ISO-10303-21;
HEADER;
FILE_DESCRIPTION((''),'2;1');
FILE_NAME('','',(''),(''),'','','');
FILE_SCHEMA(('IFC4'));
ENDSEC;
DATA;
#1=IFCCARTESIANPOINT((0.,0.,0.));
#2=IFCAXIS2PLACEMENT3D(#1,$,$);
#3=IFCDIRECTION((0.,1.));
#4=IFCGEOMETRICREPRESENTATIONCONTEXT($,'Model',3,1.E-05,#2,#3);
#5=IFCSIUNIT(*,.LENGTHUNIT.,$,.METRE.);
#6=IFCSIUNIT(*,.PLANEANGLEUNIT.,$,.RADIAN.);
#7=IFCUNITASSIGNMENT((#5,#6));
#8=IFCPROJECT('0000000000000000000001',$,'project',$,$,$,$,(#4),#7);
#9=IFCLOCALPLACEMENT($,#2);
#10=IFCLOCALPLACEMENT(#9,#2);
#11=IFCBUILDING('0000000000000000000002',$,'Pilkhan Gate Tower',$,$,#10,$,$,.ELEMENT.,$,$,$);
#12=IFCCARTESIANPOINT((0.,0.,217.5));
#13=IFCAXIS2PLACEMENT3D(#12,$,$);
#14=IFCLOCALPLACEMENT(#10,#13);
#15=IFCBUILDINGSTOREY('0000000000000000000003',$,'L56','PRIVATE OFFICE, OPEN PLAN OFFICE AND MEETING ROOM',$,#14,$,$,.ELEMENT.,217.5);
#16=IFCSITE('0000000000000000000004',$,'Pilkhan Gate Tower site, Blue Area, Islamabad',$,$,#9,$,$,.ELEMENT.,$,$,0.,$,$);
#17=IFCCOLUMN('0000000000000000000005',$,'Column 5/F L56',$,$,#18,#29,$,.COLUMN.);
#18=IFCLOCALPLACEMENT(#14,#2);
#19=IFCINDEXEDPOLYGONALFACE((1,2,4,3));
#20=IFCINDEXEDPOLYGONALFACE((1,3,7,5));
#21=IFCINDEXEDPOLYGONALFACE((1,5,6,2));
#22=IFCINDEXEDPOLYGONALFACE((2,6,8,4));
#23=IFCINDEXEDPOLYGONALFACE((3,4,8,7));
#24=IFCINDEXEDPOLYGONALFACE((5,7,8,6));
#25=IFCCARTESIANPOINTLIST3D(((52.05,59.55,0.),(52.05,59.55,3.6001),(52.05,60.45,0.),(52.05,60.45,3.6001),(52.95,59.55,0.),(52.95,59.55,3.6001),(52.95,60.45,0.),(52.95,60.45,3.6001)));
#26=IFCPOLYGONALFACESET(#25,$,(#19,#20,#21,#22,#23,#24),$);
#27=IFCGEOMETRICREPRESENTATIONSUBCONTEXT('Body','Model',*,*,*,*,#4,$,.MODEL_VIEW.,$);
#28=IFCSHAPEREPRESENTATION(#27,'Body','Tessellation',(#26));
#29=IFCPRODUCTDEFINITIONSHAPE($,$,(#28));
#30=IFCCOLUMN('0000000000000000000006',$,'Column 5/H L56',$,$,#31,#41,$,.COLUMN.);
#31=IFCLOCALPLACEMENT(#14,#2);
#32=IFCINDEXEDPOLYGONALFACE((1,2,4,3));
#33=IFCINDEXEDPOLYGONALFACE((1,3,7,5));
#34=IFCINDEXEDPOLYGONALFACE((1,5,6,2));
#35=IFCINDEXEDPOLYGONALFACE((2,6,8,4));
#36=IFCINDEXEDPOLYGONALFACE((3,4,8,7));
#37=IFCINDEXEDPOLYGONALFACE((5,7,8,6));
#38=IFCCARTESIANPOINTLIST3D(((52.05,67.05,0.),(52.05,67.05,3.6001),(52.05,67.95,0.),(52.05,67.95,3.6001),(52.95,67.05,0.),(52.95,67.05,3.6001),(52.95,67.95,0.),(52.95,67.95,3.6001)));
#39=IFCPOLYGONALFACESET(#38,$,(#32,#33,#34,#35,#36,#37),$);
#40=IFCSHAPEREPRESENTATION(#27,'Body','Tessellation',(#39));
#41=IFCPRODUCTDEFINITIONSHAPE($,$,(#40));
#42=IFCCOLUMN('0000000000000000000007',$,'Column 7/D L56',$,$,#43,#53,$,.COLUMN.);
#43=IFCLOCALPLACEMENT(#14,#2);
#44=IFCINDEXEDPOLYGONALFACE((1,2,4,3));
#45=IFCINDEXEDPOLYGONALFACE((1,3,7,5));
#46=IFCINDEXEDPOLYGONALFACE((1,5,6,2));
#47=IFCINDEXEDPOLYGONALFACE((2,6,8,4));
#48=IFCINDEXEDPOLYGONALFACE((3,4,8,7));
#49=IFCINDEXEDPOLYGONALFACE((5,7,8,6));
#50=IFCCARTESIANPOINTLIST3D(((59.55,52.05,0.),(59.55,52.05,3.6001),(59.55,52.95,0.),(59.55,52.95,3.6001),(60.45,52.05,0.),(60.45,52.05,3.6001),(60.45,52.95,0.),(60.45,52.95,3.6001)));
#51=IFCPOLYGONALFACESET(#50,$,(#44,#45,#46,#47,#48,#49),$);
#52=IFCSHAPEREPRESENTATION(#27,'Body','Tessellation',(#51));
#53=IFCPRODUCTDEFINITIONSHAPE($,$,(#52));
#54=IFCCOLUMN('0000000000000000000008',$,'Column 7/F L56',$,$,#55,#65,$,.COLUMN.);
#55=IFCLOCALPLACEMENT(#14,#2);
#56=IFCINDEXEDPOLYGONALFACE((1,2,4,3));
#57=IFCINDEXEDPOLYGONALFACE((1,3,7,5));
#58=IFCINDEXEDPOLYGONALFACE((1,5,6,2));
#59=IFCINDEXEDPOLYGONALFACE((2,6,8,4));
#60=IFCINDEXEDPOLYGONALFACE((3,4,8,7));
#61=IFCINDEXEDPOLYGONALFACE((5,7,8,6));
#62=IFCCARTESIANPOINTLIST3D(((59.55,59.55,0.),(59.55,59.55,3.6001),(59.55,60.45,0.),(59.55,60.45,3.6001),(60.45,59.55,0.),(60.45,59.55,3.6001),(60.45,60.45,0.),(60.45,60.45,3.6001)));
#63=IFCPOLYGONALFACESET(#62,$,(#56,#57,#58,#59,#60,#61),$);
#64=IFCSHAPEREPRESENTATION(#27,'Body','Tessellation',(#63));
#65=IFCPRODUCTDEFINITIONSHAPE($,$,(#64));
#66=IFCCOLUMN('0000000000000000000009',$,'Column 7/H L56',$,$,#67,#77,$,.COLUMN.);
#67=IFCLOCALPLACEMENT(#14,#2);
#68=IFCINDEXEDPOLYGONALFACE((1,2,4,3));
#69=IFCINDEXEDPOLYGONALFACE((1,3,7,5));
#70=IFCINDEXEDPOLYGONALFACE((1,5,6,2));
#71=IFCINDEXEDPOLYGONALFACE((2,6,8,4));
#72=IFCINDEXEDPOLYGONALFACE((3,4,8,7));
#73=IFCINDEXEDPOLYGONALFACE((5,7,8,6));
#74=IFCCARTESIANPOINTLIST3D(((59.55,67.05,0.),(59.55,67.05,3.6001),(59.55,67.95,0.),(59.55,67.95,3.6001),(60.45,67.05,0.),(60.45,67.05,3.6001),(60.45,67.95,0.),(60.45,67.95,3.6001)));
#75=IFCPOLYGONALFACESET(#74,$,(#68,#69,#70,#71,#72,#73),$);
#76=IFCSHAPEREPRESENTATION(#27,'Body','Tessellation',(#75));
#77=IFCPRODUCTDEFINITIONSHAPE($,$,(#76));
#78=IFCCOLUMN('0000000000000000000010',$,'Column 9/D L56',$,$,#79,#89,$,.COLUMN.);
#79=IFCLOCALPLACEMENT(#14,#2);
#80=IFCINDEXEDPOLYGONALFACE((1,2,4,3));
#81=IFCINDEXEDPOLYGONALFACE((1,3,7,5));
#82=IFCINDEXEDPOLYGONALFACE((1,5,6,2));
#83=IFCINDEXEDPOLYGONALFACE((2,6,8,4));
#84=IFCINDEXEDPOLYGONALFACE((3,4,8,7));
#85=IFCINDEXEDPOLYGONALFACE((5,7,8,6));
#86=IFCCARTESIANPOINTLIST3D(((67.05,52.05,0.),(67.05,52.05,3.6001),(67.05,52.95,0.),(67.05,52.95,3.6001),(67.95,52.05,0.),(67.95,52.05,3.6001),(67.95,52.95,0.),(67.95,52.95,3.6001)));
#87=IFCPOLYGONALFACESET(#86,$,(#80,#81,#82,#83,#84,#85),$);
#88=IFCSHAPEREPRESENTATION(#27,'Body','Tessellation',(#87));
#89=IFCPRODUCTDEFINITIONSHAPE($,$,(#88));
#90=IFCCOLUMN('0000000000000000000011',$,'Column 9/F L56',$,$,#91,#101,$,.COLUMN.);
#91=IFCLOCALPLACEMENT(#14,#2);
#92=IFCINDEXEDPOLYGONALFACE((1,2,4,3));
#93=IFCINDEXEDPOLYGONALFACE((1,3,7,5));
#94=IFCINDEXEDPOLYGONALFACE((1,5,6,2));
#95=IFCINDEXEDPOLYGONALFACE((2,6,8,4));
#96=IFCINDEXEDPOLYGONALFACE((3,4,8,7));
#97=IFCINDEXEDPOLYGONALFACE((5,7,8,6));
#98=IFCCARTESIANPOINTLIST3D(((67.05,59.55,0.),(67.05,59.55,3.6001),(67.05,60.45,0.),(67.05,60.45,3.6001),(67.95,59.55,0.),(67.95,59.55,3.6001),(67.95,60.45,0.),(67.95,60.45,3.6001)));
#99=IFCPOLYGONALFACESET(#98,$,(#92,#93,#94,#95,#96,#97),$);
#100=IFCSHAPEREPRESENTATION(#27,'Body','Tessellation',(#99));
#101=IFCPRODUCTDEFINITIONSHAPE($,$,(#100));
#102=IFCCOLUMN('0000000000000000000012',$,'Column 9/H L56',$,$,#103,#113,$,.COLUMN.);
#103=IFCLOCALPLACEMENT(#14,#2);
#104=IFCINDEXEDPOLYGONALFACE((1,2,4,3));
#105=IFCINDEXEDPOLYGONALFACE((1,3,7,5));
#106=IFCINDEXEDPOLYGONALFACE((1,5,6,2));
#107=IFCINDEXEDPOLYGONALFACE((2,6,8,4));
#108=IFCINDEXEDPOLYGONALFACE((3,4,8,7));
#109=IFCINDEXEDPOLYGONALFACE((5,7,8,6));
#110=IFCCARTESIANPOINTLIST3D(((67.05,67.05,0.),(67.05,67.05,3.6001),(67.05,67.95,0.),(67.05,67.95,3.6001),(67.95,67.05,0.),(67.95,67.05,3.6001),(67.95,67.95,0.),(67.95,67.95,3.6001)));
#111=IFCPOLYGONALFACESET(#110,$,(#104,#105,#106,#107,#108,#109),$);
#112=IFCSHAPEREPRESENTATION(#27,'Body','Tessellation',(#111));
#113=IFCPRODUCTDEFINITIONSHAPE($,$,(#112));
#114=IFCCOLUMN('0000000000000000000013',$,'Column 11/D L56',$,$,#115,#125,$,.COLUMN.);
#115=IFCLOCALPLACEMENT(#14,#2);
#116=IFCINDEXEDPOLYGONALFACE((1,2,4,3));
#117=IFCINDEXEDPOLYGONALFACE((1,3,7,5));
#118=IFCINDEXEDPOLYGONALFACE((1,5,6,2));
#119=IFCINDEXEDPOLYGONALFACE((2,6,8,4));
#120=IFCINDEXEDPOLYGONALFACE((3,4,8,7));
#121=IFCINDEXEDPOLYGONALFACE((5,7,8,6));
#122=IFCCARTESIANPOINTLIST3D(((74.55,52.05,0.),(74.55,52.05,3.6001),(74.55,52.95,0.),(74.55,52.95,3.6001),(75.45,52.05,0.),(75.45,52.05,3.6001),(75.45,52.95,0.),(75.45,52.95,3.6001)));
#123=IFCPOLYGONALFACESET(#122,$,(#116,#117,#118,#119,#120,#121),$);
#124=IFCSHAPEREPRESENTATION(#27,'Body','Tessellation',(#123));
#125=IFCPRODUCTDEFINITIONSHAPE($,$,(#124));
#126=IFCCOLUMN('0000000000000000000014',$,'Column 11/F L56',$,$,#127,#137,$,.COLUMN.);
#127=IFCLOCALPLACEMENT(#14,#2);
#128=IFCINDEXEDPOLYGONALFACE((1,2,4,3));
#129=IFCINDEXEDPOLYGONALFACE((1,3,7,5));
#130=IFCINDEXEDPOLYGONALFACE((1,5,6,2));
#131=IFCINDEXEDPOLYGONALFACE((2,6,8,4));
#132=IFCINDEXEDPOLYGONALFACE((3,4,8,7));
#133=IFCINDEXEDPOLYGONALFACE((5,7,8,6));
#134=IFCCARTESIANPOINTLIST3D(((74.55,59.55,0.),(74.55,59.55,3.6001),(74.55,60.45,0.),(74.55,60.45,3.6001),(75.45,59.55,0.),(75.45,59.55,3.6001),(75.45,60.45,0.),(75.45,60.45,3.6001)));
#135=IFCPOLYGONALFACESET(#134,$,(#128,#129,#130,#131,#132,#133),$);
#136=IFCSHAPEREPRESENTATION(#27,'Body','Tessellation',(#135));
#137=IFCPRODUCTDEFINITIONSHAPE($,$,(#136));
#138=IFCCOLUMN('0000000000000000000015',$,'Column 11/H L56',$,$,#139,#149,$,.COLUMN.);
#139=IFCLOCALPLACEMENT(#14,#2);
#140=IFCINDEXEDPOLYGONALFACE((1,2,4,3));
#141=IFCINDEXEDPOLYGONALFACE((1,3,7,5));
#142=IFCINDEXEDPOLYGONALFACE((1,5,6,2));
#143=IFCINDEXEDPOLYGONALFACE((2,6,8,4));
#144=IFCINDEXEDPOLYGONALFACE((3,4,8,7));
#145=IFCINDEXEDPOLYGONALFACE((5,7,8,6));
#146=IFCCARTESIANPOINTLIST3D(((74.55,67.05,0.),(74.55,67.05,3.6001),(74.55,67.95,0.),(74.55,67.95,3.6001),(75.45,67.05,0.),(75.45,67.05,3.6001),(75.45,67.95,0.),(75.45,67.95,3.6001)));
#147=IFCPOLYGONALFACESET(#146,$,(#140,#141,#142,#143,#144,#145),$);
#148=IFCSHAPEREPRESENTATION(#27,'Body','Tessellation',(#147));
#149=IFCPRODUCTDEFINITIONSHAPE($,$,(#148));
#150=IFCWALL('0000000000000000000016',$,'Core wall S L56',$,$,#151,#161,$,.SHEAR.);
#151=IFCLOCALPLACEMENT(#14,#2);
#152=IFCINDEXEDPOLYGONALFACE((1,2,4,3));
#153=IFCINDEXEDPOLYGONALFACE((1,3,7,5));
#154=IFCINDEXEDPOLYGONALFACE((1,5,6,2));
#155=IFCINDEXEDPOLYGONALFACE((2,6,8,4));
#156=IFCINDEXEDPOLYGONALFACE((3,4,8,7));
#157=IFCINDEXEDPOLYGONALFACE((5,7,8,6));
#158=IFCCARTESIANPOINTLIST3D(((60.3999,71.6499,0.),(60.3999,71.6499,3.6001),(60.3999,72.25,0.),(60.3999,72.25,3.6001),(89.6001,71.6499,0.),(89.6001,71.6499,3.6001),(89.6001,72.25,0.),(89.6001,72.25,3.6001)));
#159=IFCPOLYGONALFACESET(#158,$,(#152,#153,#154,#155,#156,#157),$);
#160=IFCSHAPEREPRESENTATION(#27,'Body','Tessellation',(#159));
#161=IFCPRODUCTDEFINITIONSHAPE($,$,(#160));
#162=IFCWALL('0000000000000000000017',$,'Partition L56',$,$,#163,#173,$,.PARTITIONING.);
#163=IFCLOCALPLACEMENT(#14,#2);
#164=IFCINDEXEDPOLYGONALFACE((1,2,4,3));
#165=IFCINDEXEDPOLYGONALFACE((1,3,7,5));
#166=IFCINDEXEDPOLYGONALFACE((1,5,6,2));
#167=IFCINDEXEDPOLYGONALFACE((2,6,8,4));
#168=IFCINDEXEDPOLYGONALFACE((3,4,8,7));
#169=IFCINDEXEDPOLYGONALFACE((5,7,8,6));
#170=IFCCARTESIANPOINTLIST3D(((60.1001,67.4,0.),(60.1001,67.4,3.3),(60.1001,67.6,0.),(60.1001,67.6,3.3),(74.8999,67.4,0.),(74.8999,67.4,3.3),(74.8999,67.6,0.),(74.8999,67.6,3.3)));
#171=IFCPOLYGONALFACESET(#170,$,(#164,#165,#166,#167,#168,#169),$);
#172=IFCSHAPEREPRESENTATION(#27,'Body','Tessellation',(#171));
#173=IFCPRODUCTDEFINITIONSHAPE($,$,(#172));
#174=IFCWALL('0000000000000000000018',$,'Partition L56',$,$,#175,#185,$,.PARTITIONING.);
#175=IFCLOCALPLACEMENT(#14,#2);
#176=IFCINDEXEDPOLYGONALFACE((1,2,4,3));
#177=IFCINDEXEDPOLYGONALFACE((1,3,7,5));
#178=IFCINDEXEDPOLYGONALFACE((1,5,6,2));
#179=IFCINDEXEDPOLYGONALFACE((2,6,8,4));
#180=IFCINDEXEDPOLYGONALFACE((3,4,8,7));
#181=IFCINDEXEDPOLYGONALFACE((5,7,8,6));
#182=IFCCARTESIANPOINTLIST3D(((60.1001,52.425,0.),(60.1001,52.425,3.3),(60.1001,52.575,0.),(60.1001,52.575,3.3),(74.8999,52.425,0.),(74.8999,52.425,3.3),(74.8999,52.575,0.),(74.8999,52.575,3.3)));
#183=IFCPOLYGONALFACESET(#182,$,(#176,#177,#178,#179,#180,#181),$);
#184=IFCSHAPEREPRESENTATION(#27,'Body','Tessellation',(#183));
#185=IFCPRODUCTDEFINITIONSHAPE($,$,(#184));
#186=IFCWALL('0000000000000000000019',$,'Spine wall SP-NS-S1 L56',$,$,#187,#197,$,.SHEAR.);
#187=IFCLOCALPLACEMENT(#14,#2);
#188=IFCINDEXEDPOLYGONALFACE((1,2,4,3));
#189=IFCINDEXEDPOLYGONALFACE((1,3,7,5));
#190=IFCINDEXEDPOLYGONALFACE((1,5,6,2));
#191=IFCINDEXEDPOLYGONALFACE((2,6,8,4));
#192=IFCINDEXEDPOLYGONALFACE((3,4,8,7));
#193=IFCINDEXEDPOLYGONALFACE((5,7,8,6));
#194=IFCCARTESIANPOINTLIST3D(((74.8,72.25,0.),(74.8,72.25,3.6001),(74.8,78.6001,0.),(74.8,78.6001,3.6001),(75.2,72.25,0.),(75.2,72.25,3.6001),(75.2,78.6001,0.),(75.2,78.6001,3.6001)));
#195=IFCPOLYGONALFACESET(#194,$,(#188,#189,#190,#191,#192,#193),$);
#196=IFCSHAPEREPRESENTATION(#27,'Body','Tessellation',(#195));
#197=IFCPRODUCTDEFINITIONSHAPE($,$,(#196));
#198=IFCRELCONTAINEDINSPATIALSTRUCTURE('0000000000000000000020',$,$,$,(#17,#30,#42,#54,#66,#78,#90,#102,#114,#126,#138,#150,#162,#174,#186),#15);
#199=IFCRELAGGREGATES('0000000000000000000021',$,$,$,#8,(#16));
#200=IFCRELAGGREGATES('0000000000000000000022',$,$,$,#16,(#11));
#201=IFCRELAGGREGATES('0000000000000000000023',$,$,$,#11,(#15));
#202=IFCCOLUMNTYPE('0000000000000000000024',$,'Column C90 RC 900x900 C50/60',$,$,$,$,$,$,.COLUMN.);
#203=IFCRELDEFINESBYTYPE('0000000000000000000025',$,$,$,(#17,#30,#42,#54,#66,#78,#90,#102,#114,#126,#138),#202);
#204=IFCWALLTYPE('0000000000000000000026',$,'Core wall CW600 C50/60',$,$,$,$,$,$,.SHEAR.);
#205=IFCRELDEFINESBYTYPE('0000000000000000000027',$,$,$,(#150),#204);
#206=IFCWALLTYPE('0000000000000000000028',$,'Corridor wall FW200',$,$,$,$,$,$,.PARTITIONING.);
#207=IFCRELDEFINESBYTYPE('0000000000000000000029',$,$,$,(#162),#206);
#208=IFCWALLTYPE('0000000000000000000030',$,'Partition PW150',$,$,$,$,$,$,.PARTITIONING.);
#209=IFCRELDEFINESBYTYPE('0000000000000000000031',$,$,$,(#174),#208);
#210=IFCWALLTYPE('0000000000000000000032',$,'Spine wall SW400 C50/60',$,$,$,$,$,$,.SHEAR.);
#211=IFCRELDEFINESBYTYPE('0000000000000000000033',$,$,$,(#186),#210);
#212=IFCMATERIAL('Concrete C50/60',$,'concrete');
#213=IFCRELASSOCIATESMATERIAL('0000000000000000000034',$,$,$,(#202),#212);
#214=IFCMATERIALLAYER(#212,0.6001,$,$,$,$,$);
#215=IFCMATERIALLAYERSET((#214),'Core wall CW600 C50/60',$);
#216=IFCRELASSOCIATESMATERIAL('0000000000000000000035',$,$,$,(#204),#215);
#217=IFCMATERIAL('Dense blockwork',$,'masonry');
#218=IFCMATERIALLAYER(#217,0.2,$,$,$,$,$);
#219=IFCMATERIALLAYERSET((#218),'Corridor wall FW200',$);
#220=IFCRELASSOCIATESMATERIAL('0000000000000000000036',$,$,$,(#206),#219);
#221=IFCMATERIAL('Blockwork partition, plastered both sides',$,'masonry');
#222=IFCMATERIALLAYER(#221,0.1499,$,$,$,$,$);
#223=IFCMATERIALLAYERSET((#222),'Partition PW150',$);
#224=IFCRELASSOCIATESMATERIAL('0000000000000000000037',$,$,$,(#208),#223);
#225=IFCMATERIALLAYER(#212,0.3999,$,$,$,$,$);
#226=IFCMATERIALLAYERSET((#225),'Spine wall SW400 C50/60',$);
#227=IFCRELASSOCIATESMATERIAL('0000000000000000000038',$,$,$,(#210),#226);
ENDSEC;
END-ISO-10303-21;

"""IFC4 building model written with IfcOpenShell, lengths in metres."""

from ifc_helpers import new_model, si_unit, direction, frame, frame_2d, origin, origin_2d, place, context, subcontext, project, spatial, rectangle, extrude, material, layer, layer_set, material_profile, profile_set, type_object, element, save


model = new_model("IFC4")

# Units and contexts
model_context = context("Model", 3, precision=1e-05, world=origin(), true_north=direction((0.0, 1.0)))
body_context = subcontext(model_context, "Body", "Model", "MODEL_VIEW")
ifc_project = project(units=[si_unit("LENGTHUNIT", "METRE"), si_unit("PLANEANGLEUNIT", "RADIAN")], contexts=[model_context])

# Site, building, storey
site_placement = place(None, origin())
site = spatial("IfcSite", under=ifc_project, at=site_placement, Name="Pilkhan Gate Tower site, Blue Area, Islamabad", CompositionType="ELEMENT", RefElevation=0.0)
building_placement = place(site_placement, origin())
building = spatial("IfcBuilding", under=site, at=building_placement, Name="Pilkhan Gate Tower", CompositionType="ELEMENT")
storey_placement = place(building_placement, frame((0.0, 0.0, 217.5)))
storey = spatial("IfcBuildingStorey", under=building, at=storey_placement, Name="L56", Description="PRIVATE OFFICE, OPEN PLAN OFFICE AND MEETING ROOM", CompositionType="ELEMENT", Elevation=217.5)

# Columns
ifc_material_1 = material(Name="Concrete C50/60", Category="concrete")
ifc_material_profile = material_profile(ifc_material_1, rectangle(XDim=0.8999, YDim=0.8999, at=origin_2d()), Name="RC 900x900")
ifc_profile_set = profile_set([ifc_material_profile], Name="Concrete C50/60")
column_type = type_object("IfcColumnType", Name="Column C90 RC 900x900 C50/60", PredefinedType="COLUMN", material=ifc_profile_set)
for number, where, z_axis, x_axis, name in (
    (1, (52.5, 60.0, 0.0), (0.0, 0.0, 1.0), (1.0, 0.0, 0.0), "Column 5/F L56"),
    (2, (52.5, 67.5, 0.0), (0.0, 0.0, 1.0), (1.0, 0.0, 0.0), "Column 5/H L56"),
    (3, (60.0, 52.5, 0.0), (0.0, 0.0, 1.0), (1.0, 0.0, 0.0), "Column 7/D L56"),
    (4, (60.0, 60.0, 0.0), (0.0, 0.0, 1.0), (1.0, 0.0, 0.0), "Column 7/F L56"),
    (5, (60.0, 67.5, 0.0), (0.0, 0.0, 1.0), (1.0, 0.0, 0.0), "Column 7/H L56"),
    (6, (67.5, 52.5, 0.0), (0.0, 0.0, 1.0), (1.0, 0.0, 0.0), "Column 9/D L56"),
    (7, (67.5, 60.0, 0.0), (0.0, 0.0, 1.0), (1.0, 0.0, 0.0), "Column 9/F L56"),
    (8, (67.5, 67.5, 0.0), (0.0, 0.0, 1.0), (1.0, 0.0, 0.0), "Column 9/H L56"),
    (9, (75.0, 52.5, 0.0), (0.0, 0.0, 1.0), (1.0, 0.0, 0.0), "Column 11/D L56"),
    (10, (75.0, 60.0, 0.0), (0.0, 0.0, 1.0), (1.0, 0.0, 0.0), "Column 11/F L56"),
    (11, (75.0, 67.5, 0.0), (0.0, 0.0, 1.0), (1.0, 0.0, 0.0), "Column 11/H L56"),
):
    element("IfcColumn", number, at=place(storey_placement, frame(where, z_axis=z_axis, x_axis=x_axis)), inside=storey, type_object=column_type, Name=name, PredefinedType="COLUMN", context=body_context, shape_type="SweptSolid", body=[
        extrude(rectangle(XDim=0.8999, YDim=0.8999, at=origin_2d()), origin(), (0.0, 0.0, 1.0), 3.6001),
    ])

# Walls
ifc_layer_1 = layer(ifc_material_1, 0.6001)
ifc_layer_set_1 = layer_set([ifc_layer_1], Name="Core wall CW600 C50/60")
wall_type_1 = type_object("IfcWallType", Name="Core wall CW600 C50/60", PredefinedType="SHEAR", material=ifc_layer_set_1)
wall_1_placement = place(storey_placement, frame((60.3999, 71.95, 0.0), z_axis=(0.0, 0.0, 1.0), x_axis=(1.0, 0.0, 0.0)))
element("IfcWall", 12, at=wall_1_placement, inside=storey, type_object=wall_type_1, Name="Core wall S L56", PredefinedType="SHEAR", context=body_context, shape_type="SweptSolid", body=[
    extrude(rectangle(XDim=29.2002, YDim=0.6001, at=frame_2d((14.6001, 0.0))), origin(), (0.0, 0.0, 1.0), 3.6001),
])
ifc_material_2 = material(Name="Dense blockwork", Category="masonry")
ifc_layer_2 = layer(ifc_material_2, 0.2)
ifc_layer_set_2 = layer_set([ifc_layer_2], Name="Corridor wall FW200")
wall_type_2 = type_object("IfcWallType", Name="Corridor wall FW200", PredefinedType="PARTITIONING", material=ifc_layer_set_2)
wall_2_placement = place(storey_placement, frame((60.1001, 67.5, 0.0), z_axis=(0.0, 0.0, 1.0), x_axis=(1.0, 0.0, 0.0)))
element("IfcWall", 13, at=wall_2_placement, inside=storey, type_object=wall_type_2, Name="Partition L56", PredefinedType="PARTITIONING", context=body_context, shape_type="SweptSolid", body=[
    extrude(rectangle(XDim=14.7998, YDim=0.2, at=frame_2d((7.3999, 0.0))), origin(), (0.0, 0.0, 1.0), 3.3),
])
ifc_material_3 = material(Name="Blockwork partition, plastered both sides", Category="masonry")
ifc_layer_3 = layer(ifc_material_3, 0.1499)
ifc_layer_set_3 = layer_set([ifc_layer_3], Name="Partition PW150")
wall_type_3 = type_object("IfcWallType", Name="Partition PW150", PredefinedType="PARTITIONING", material=ifc_layer_set_3)
wall_3_placement = place(storey_placement, frame((60.1001, 52.5, 0.0), z_axis=(0.0, 0.0, 1.0), x_axis=(1.0, 0.0, 0.0)))
element("IfcWall", 14, at=wall_3_placement, inside=storey, type_object=wall_type_3, Name="Partition L56", PredefinedType="PARTITIONING", context=body_context, shape_type="SweptSolid", body=[
    extrude(rectangle(XDim=14.7998, YDim=0.1499, at=frame_2d((7.3999, 0.0))), origin(), (0.0, 0.0, 1.0), 3.3),
])
ifc_layer_4 = layer(ifc_material_1, 0.3999)
ifc_layer_set_4 = layer_set([ifc_layer_4], Name="Spine wall SW400 C50/60")
wall_type_4 = type_object("IfcWallType", Name="Spine wall SW400 C50/60", PredefinedType="SHEAR", material=ifc_layer_set_4)
wall_4_placement = place(storey_placement, frame((75.0, 72.25, 0.0), z_axis=(0.0, 0.0, 1.0), x_axis=(0.0, 1.0, 0.0)))
element("IfcWall", 15, at=wall_4_placement, inside=storey, type_object=wall_type_4, Name="Spine wall SP-NS-S1 L56", PredefinedType="SHEAR", context=body_context, shape_type="SweptSolid", body=[
    extrude(rectangle(XDim=6.3501, YDim=0.3999, at=frame_2d((3.175, 0.0))), origin(), (0.0, 0.0, 1.0), 3.6001),
])

save(model, "model.ifc")
